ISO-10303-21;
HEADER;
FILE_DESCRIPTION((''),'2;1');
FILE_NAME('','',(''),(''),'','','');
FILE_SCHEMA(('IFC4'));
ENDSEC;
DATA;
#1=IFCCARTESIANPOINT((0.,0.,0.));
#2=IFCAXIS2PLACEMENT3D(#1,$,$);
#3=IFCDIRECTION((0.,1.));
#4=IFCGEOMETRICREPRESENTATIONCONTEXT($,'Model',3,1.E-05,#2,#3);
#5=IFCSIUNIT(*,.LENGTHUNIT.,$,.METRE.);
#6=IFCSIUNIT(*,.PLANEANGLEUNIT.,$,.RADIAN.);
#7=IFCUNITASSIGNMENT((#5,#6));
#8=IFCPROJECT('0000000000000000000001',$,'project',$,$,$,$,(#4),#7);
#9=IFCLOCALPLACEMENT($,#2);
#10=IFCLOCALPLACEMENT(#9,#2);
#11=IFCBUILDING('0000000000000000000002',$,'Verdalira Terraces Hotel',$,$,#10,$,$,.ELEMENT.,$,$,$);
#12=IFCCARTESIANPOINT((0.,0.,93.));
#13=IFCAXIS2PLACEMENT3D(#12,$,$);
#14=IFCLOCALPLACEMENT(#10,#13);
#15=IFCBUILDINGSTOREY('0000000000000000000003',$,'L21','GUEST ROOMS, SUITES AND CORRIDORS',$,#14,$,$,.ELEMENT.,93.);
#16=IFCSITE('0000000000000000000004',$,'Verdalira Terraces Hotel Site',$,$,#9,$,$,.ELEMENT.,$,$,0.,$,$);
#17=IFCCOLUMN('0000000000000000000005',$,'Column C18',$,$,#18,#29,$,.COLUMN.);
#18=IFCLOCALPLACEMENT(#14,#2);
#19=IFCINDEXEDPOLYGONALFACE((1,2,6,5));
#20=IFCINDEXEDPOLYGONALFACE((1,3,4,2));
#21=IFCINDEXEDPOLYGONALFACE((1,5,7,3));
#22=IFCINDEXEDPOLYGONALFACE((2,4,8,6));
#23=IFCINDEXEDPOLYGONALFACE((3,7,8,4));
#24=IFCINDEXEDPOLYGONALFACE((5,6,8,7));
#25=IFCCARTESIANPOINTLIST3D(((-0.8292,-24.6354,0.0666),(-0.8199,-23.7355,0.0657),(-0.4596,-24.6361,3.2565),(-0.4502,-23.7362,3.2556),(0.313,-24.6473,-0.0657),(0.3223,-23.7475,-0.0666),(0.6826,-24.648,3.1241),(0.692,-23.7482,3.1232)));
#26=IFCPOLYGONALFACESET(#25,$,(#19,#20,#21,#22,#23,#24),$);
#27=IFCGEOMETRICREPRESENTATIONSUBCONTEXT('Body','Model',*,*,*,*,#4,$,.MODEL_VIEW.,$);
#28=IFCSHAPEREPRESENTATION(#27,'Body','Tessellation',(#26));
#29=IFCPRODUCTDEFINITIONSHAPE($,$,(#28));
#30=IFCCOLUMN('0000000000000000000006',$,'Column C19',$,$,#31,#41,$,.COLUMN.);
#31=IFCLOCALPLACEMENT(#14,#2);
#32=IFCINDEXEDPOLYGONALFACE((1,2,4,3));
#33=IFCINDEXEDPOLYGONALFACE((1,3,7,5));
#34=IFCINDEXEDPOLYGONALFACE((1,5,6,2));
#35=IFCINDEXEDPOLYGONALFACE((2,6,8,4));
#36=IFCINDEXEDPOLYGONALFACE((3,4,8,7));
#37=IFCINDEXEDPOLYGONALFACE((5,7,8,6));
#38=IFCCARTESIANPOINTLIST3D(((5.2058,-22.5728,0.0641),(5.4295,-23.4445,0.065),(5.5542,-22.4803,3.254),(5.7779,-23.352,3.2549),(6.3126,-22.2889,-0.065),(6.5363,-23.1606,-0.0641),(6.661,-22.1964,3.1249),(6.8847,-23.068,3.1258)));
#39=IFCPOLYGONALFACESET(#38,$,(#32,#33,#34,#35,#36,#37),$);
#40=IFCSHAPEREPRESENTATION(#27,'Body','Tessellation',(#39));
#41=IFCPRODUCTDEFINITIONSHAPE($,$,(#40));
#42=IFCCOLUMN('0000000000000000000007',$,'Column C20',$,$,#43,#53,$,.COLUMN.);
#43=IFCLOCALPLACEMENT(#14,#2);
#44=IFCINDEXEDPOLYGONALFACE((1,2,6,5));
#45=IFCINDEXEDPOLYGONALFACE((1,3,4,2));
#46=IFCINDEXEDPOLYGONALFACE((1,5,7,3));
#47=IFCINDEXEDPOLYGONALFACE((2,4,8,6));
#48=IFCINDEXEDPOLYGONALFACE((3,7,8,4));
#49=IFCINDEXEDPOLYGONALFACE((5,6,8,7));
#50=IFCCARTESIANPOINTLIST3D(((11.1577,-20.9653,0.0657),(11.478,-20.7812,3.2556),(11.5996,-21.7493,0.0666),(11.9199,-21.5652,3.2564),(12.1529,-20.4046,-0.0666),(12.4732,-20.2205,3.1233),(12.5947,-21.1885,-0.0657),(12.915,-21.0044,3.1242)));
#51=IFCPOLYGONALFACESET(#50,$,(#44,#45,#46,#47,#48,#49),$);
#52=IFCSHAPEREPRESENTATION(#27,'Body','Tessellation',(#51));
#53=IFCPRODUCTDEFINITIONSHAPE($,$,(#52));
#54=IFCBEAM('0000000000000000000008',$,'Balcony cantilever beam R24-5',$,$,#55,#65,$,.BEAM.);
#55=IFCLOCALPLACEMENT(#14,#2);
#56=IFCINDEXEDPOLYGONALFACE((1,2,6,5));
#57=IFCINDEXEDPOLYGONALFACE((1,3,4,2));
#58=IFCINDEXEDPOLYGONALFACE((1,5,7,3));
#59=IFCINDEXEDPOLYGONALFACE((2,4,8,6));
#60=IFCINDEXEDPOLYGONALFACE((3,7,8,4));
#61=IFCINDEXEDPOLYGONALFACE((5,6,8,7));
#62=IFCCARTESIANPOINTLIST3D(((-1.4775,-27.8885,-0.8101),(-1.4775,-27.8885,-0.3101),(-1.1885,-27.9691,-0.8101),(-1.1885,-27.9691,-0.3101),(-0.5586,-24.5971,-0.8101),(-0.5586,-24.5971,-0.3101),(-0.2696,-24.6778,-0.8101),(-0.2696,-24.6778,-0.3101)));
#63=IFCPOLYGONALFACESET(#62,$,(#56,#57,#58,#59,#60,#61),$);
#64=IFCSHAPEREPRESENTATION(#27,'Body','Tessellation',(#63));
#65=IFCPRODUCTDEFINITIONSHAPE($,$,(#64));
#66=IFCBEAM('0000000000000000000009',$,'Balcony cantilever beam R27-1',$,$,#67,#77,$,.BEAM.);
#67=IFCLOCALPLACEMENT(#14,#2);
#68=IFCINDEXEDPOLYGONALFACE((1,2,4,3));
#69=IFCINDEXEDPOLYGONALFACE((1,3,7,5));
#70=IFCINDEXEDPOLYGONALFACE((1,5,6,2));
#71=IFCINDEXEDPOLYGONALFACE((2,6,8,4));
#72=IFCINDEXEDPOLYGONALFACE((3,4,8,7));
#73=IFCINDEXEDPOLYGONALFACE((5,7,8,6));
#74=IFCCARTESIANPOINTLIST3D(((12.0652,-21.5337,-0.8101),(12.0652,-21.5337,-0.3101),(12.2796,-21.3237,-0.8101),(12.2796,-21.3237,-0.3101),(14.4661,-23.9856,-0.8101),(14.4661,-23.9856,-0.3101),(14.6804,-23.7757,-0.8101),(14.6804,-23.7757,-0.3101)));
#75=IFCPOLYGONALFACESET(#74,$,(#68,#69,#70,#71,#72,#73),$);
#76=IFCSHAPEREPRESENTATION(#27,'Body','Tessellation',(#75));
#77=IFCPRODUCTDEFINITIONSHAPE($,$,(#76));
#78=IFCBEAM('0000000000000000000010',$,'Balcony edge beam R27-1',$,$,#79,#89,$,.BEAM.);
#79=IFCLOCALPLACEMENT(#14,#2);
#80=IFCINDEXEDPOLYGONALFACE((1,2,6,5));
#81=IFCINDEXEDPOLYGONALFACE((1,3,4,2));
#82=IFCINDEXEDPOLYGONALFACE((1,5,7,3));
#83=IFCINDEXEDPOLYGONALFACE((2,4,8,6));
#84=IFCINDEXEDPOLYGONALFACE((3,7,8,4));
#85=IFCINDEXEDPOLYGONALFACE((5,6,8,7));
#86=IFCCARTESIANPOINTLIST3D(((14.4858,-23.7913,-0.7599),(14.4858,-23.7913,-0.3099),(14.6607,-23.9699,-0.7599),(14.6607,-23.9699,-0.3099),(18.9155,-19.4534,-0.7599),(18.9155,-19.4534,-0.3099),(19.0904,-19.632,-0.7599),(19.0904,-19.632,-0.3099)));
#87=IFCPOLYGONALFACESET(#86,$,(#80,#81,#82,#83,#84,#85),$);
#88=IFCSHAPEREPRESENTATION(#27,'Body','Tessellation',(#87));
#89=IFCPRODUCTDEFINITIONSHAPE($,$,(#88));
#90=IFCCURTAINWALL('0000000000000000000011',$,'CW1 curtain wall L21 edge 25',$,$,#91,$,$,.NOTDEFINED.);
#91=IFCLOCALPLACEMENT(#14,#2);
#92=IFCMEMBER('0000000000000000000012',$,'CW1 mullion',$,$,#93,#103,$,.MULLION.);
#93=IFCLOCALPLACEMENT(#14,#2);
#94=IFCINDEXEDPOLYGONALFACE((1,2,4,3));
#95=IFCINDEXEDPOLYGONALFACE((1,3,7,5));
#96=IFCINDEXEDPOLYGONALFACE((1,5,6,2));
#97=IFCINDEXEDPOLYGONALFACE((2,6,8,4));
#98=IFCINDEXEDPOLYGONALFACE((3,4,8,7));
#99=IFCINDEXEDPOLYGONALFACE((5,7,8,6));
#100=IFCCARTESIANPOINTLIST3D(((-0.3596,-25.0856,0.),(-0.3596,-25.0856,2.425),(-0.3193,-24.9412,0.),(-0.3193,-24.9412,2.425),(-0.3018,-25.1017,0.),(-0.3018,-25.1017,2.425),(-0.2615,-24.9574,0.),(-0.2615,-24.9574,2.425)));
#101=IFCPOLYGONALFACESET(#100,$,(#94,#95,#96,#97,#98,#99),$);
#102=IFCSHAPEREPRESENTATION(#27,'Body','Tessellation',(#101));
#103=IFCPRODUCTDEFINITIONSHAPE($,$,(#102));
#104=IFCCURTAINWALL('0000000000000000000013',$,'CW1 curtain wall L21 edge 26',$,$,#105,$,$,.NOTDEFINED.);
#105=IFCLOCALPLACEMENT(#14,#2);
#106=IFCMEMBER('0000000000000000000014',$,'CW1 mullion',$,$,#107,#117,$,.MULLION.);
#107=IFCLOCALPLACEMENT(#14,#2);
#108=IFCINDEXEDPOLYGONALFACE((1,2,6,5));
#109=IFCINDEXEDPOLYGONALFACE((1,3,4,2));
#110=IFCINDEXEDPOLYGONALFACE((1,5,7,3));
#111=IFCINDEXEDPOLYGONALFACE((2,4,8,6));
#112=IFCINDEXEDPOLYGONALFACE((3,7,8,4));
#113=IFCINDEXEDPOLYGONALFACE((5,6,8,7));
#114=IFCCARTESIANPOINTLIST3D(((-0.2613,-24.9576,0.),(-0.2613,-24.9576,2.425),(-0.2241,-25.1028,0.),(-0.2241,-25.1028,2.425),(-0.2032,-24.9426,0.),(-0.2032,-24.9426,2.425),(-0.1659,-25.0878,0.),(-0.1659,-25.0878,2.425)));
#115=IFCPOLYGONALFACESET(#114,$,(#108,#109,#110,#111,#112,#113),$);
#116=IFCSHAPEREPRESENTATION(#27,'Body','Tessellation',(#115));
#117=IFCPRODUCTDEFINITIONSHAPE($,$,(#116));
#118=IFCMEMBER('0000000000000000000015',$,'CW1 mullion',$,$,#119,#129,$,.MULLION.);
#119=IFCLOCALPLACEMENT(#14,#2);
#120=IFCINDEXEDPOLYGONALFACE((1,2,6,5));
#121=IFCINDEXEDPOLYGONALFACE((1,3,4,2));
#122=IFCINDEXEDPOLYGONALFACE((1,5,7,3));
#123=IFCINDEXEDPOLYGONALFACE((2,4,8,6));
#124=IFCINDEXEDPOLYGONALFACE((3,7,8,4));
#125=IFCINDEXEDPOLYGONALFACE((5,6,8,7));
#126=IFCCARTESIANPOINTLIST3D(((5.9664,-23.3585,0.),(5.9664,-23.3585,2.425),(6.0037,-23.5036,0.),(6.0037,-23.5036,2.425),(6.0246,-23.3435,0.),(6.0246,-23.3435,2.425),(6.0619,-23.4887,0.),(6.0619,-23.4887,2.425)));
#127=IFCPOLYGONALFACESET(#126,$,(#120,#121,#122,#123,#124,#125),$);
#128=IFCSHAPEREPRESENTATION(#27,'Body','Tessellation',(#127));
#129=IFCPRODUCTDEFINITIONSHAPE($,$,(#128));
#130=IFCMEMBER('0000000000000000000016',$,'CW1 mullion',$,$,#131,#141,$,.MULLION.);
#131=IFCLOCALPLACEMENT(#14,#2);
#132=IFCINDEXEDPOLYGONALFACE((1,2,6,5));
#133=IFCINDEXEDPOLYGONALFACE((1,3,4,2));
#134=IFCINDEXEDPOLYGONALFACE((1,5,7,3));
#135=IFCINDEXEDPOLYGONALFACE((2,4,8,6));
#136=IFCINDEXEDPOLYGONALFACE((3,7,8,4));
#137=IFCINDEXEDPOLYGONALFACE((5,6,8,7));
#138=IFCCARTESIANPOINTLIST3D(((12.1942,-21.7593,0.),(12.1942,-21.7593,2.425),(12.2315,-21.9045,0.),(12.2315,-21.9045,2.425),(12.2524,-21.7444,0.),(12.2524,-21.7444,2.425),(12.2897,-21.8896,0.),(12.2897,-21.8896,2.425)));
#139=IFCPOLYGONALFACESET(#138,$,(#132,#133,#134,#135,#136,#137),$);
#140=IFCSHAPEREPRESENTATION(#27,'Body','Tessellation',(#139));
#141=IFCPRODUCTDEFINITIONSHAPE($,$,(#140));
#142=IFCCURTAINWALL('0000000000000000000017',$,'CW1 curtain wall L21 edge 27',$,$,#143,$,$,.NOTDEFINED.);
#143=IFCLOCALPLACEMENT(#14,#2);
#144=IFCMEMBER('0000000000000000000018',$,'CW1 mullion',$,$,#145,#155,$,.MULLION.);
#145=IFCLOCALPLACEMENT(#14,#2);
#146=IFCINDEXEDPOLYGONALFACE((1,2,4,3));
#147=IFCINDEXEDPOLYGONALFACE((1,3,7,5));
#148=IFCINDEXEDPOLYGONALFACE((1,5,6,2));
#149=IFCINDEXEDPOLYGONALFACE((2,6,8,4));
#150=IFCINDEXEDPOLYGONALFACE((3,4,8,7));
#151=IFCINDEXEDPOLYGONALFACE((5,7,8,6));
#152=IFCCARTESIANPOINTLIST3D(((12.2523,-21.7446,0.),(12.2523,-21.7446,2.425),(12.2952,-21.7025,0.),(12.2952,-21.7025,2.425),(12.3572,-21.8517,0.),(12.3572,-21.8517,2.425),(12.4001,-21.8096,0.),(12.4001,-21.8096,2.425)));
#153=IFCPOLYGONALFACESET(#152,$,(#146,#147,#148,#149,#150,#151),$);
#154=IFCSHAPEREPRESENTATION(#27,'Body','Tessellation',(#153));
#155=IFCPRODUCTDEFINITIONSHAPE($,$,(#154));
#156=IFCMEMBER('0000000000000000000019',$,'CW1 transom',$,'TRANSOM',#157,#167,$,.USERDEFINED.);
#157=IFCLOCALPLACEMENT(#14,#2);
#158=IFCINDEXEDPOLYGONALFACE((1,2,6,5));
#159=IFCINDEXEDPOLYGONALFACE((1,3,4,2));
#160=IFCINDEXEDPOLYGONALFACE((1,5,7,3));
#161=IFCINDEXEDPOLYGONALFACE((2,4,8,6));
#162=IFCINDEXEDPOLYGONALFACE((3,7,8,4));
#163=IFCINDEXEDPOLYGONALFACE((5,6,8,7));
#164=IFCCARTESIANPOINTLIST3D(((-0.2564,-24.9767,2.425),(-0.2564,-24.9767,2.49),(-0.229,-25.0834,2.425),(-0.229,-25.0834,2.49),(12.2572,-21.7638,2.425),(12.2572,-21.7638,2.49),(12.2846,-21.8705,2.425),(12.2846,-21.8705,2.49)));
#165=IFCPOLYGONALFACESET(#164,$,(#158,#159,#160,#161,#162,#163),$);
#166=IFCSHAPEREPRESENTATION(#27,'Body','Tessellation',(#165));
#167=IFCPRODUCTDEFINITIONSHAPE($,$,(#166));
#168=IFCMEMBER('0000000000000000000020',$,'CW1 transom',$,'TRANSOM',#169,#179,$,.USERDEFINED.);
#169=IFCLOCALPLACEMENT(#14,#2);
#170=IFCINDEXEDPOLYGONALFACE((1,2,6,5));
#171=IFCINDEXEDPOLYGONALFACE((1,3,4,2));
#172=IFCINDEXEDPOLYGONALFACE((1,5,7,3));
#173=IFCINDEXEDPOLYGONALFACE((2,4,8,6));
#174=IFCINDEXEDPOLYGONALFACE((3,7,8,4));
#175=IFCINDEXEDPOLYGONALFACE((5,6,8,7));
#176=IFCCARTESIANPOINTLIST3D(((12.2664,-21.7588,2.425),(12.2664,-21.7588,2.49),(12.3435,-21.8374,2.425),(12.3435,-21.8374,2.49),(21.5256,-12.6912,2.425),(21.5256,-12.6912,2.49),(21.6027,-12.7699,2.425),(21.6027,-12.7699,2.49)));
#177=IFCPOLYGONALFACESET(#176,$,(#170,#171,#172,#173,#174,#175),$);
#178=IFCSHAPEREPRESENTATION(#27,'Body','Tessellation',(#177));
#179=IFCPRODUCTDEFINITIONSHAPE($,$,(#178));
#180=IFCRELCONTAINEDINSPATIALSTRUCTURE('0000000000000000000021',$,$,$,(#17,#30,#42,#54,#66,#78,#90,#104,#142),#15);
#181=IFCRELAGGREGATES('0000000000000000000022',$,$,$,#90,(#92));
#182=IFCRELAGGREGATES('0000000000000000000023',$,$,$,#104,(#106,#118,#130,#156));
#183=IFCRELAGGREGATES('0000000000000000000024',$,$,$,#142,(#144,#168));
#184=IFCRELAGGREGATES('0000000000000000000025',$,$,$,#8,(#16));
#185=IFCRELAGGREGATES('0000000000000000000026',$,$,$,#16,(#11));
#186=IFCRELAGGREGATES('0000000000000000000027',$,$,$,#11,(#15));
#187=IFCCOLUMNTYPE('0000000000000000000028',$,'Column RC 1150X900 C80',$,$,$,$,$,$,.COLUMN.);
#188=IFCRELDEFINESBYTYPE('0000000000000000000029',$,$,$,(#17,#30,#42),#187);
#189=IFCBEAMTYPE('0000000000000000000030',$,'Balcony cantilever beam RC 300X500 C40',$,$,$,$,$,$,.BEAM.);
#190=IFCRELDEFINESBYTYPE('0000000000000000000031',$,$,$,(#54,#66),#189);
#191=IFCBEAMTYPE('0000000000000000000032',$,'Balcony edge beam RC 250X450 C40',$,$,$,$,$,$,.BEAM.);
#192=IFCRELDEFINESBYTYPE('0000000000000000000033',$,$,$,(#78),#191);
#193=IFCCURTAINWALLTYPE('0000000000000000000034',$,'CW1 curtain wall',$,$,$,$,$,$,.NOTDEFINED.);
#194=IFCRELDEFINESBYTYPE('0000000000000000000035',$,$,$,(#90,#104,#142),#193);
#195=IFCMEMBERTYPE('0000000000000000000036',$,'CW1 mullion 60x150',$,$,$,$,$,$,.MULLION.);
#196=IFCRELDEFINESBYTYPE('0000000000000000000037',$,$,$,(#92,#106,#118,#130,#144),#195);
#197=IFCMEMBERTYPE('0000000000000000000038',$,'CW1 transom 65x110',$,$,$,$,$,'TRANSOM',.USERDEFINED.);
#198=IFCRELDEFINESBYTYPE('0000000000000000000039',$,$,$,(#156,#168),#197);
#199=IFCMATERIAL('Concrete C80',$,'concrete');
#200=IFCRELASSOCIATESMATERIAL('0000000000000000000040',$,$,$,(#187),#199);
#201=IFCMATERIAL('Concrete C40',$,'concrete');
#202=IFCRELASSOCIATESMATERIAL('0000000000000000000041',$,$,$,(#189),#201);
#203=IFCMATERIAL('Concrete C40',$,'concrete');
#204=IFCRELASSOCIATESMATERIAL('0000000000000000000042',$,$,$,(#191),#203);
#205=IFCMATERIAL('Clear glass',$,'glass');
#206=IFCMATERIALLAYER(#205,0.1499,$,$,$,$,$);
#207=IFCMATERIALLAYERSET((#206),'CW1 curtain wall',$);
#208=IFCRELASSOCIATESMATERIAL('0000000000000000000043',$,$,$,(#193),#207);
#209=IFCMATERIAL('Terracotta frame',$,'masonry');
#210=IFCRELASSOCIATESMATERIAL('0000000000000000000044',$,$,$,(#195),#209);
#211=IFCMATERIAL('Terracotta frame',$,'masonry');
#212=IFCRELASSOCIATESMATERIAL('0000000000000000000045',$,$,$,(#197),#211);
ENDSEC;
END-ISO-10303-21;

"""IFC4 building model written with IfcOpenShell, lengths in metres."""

from ifc_helpers import new_model, si_unit, direction, frame, origin, origin_2d, place, context, subcontext, project, spatial, rectangle, extrude, material, layer, layer_set, material_profile, profile_set, type_object, element, aggregate, save


model = new_model("IFC4")

# Units and contexts
model_context = context("Model", 3, precision=1e-05, world=origin(), true_north=direction((0.0, 1.0)))
body_context = subcontext(model_context, "Body", "Model", "MODEL_VIEW")
ifc_project = project(units=[si_unit("LENGTHUNIT", "METRE"), si_unit("PLANEANGLEUNIT", "RADIAN")], contexts=[model_context])

# Site, building, storey
site_placement = place(None, origin())
site = spatial("IfcSite", under=ifc_project, at=site_placement, Name="Verdalira Terraces Hotel Site", CompositionType="ELEMENT", RefElevation=0.0)
building_placement = place(site_placement, origin())
building = spatial("IfcBuilding", under=site, at=building_placement, Name="Verdalira Terraces Hotel", CompositionType="ELEMENT")
storey_placement = place(building_placement, frame((0.0, 0.0, 93.0)))
storey = spatial("IfcBuildingStorey", under=building, at=storey_placement, Name="L21", Description="GUEST ROOMS, SUITES AND CORRIDORS", CompositionType="ELEMENT", Elevation=93.0)

# Columns
ifc_material_1 = material(Name="Concrete C80", Category="concrete")
ifc_material_profile_1 = material_profile(ifc_material_1, rectangle(XDim=1.1499, YDim=0.8999, at=origin_2d()), Name="RC 1150X900")
ifc_profile_set_1 = profile_set([ifc_material_profile_1], Name="Concrete C80")
column_type = type_object("IfcColumnType", Name="Column RC 1150X900 C80", PredefinedType="COLUMN", material=ifc_profile_set_1)
column_1_placement = place(storey_placement, frame((-0.2534, -24.1914, 0.0), z_axis=(0.115103, -0.000228, 0.993354), x_axis=(-0.9933, 0.010402, 0.115099)))
element("IfcColumn", 1, at=column_1_placement, inside=storey, type_object=column_type, Name="Column C18", PredefinedType="COLUMN", context=body_context, shape_type="SweptSolid", body=[
    extrude(rectangle(XDim=1.1499, YDim=0.8999, at=origin_2d()), origin(), (0.0, 0.0, 1.0), 3.2112),
])
column_2_placement = place(storey_placement, frame((5.8711, -22.8667, 0.0), z_axis=(0.108524, 0.028823, 0.993676), x_axis=(0.962511, 0.246911, -0.112282)))
element("IfcColumn", 2, at=column_2_placement, inside=storey, type_object=column_type, Name="Column C19", PredefinedType="COLUMN", context=body_context, shape_type="SweptSolid", body=[
    extrude(rectangle(XDim=1.1499, YDim=0.8999, at=origin_2d()), origin(), (0.0, 0.0, 1.0), 3.2102),
])
column_3_placement = place(storey_placement, frame((11.8762, -21.0769, 0.0), z_axis=(0.099747, 0.057324, 0.99336), x_axis=(-0.865435, -0.487635, 0.115041)))
element("IfcColumn", 3, at=column_3_placement, inside=storey, type_object=column_type, Name="Column C20", PredefinedType="COLUMN", context=body_context, shape_type="SweptSolid", body=[
    extrude(rectangle(XDim=1.1499, YDim=0.8999, at=origin_2d()), origin(), (0.0, 0.0, 1.0), 3.2112),
])

# Beams
ifc_material_2 = material(Name="Concrete C40", Category="concrete")
ifc_material_profile_2 = material_profile(ifc_material_2, rectangle(XDim=0.3, YDim=0.5, at=origin_2d()), Name="RC 300X500")
ifc_profile_set_2 = profile_set([ifc_material_profile_2], Name="Concrete C40")
beam_type_1 = type_object("IfcBeamType", Name="Balcony cantilever beam RC 300X500 C40", PredefinedType="BEAM", material=ifc_profile_set_2)
beam_1_placement = place(storey_placement, frame((-0.4141, -24.6375, -0.5601), z_axis=(-0.268922, -0.963162, 0.0), x_axis=(0.963162, -0.268922, 0.0)))
element("IfcBeam", 4, at=beam_1_placement, inside=storey, type_object=beam_type_1, Name="Balcony cantilever beam R24-5", PredefinedType="BEAM", context=body_context, shape_type="SweptSolid", body=[
    extrude(rectangle(XDim=0.3, YDim=0.5, at=origin_2d()), origin(), (0.0, 0.0, 1.0), 3.4172),
])
beam_2_placement = place(storey_placement, frame((12.1724, -21.4287, -0.5601), z_axis=(0.699633, -0.714502, 0.0), x_axis=(0.714502, 0.699633, 0.0)))
element("IfcBeam", 5, at=beam_2_placement, inside=storey, type_object=beam_type_1, Name="Balcony cantilever beam R27-1", PredefinedType="BEAM", context=body_context, shape_type="SweptSolid", body=[
    extrude(rectangle(XDim=0.3, YDim=0.5, at=origin_2d()), origin(), (0.0, 0.0, 1.0), 3.4316),
])
ifc_material_3 = material(Name="Concrete C40", Category="concrete")
ifc_material_profile_3 = material_profile(ifc_material_3, rectangle(XDim=0.25, YDim=0.45, at=origin_2d()), Name="RC 250X450")
ifc_profile_set_3 = profile_set([ifc_material_profile_3], Name="Concrete C40")
beam_type_2 = type_object("IfcBeamType", Name="Balcony edge beam RC 250X450 C40", PredefinedType="BEAM", material=ifc_profile_set_3)
beam_3_placement = place(storey_placement, frame((14.5732, -23.8806, -0.5349), z_axis=(0.714471, 0.699665, 0.0), x_axis=(-0.699665, 0.714471, 0.0)))
element("IfcBeam", 6, at=beam_3_placement, inside=storey, type_object=beam_type_2, Name="Balcony edge beam R27-1", PredefinedType="BEAM", context=body_context, shape_type="SweptSolid", body=[
    extrude(rectangle(XDim=0.25, YDim=0.45, at=origin_2d()), origin(), (0.0, 0.0, 1.0), 6.2),
])

# Curtain wall, member
ifc_material_4 = material(Name="Clear glass", Category="glass")
ifc_layer_1 = layer(ifc_material_4, 0.1499)
ifc_layer_set_1 = layer_set([ifc_layer_1], Name="CW1 curtain wall")
curtain_wall_type = type_object("IfcCurtainWallType", Name="CW1 curtain wall", PredefinedType="NOTDEFINED", material=ifc_layer_set_1)
curtain_wall_1_placement = place(storey_placement, origin())
curtain_wall_1 = element("IfcCurtainWall", 7, at=curtain_wall_1_placement, inside=storey, type_object=curtain_wall_type, Name="CW1 curtain wall L21 edge 25", PredefinedType="NOTDEFINED")
ifc_material_5 = material(Name="Terracotta frame", Category="masonry")
ifc_material_profile_4 = material_profile(ifc_material_5, rectangle(XDim=0.0601, YDim=0.1499, at=origin_2d()), Name="MU 60x150")
ifc_profile_set_4 = profile_set([ifc_material_profile_4], Name="Terracotta frame")
member_type_1 = type_object("IfcMemberType", Name="CW1 mullion 60x150", PredefinedType="MULLION", material=ifc_profile_set_4)
member_1_placement = place(storey_placement, frame((-0.3105, -25.0215, 0.0), z_axis=(0.0, 0.0, 1.0), x_axis=(0.963163, -0.26892, 0.0)))
member_1 = element("IfcMember", 8, at=member_1_placement, type_object=member_type_1, Name="CW1 mullion", PredefinedType="MULLION", context=body_context, shape_type="SweptSolid", body=[
    extrude(rectangle(XDim=0.0601, YDim=0.1499, at=origin_2d()), origin(), (0.0, 0.0, 1.0), 2.425),
])
aggregate(curtain_wall_1, [member_1])

# Curtain wall, members
curtain_wall_2_placement = place(storey_placement, origin())
curtain_wall_2 = element("IfcCurtainWall", 9, at=curtain_wall_2_placement, inside=storey, type_object=curtain_wall_type, Name="CW1 curtain wall L21 edge 26", PredefinedType="NOTDEFINED")
member_2_placement = place(storey_placement, frame((-0.2136, -25.0227, 0.0), z_axis=(0.0, 0.0, 1.0), x_axis=(0.968583, 0.24869, 0.0)))
member_2 = element("IfcMember", 10, at=member_2_placement, type_object=member_type_1, Name="CW1 mullion", PredefinedType="MULLION", context=body_context, shape_type="SweptSolid", body=[
    extrude(rectangle(XDim=0.0601, YDim=0.1499, at=origin_2d()), origin(), (0.0, 0.0, 1.0), 2.425),
])
member_3_placement = place(storey_placement, frame((6.0142, -23.4236, 0.0), z_axis=(0.0, 0.0, 1.0), x_axis=(0.968583, 0.24869, 0.0)))
member_3 = element("IfcMember", 11, at=member_3_placement, type_object=member_type_1, Name="CW1 mullion", PredefinedType="MULLION", context=body_context, shape_type="SweptSolid", body=[
    extrude(rectangle(XDim=0.0601, YDim=0.1499, at=origin_2d()), origin(), (0.0, 0.0, 1.0), 2.425),
])
member_4_placement = place(storey_placement, frame((12.2419, -21.8245, 0.0), z_axis=(0.0, 0.0, 1.0), x_axis=(0.968583, 0.24869, 0.0)))
member_4 = element("IfcMember", 12, at=member_4_placement, type_object=member_type_1, Name="CW1 mullion", PredefinedType="MULLION", context=body_context, shape_type="SweptSolid", body=[
    extrude(rectangle(XDim=0.0601, YDim=0.1499, at=origin_2d()), origin(), (0.0, 0.0, 1.0), 2.425),
])

# Curtain wall, member
curtain_wall_3_placement = place(storey_placement, origin())
curtain_wall_3 = element("IfcCurtainWall", 13, at=curtain_wall_3_placement, inside=storey, type_object=curtain_wall_type, Name="CW1 curtain wall L21 edge 27", PredefinedType="NOTDEFINED")
member_5_placement = place(storey_placement, frame((12.3262, -21.7771, 0.0), z_axis=(0.0, 0.0, 1.0), x_axis=(0.714473, 0.699663, 0.0)))
member_5 = element("IfcMember", 14, at=member_5_placement, type_object=member_type_1, Name="CW1 mullion", PredefinedType="MULLION", context=body_context, shape_type="SweptSolid", body=[
    extrude(rectangle(XDim=0.0601, YDim=0.1499, at=origin_2d()), origin(), (0.0, 0.0, 1.0), 2.425),
])

# Members
ifc_material_6 = material(Name="Terracotta frame", Category="masonry")
ifc_material_profile_5 = material_profile(ifc_material_6, rectangle(XDim=0.1101, YDim=0.0649, at=origin_2d()), Name="TR 65x110")
ifc_profile_set_5 = profile_set([ifc_material_profile_5], Name="Terracotta frame")
member_type_2 = type_object("IfcMemberType", Name="CW1 transom 65x110", ElementType="TRANSOM", PredefinedType="USERDEFINED", material=ifc_profile_set_5)
member_6_placement = place(storey_placement, frame((-0.2427, -25.03, 2.4575), z_axis=(0.968585, 0.248684, 0.0), x_axis=(-0.248684, 0.968585, 0.0)))
member_6 = element("IfcMember", 15, at=member_6_placement, type_object=member_type_2, Name="CW1 transom", ObjectType="TRANSOM", PredefinedType="USERDEFINED", context=body_context, shape_type="SweptSolid", body=[
    extrude(rectangle(XDim=0.1101, YDim=0.0649, at=origin_2d()), origin(), (0.0, 0.0, 1.0), 12.9194),
])
member_7_placement = place(storey_placement, frame((12.3049, -21.7981, 2.4575), z_axis=(0.714462, 0.699674, 0.0), x_axis=(-0.699674, 0.714462, 0.0)))
member_7 = element("IfcMember", 16, at=member_7_placement, type_object=member_type_2, Name="CW1 transom", ObjectType="TRANSOM", PredefinedType="USERDEFINED", context=body_context, shape_type="SweptSolid", body=[
    extrude(rectangle(XDim=0.1101, YDim=0.0649, at=origin_2d()), origin(), (0.0, 0.0, 1.0), 12.9597),
])

aggregate(curtain_wall_2, [member_2, member_3, member_4, member_6])
aggregate(curtain_wall_3, [member_5, member_7])

save(model, "model.ifc")
